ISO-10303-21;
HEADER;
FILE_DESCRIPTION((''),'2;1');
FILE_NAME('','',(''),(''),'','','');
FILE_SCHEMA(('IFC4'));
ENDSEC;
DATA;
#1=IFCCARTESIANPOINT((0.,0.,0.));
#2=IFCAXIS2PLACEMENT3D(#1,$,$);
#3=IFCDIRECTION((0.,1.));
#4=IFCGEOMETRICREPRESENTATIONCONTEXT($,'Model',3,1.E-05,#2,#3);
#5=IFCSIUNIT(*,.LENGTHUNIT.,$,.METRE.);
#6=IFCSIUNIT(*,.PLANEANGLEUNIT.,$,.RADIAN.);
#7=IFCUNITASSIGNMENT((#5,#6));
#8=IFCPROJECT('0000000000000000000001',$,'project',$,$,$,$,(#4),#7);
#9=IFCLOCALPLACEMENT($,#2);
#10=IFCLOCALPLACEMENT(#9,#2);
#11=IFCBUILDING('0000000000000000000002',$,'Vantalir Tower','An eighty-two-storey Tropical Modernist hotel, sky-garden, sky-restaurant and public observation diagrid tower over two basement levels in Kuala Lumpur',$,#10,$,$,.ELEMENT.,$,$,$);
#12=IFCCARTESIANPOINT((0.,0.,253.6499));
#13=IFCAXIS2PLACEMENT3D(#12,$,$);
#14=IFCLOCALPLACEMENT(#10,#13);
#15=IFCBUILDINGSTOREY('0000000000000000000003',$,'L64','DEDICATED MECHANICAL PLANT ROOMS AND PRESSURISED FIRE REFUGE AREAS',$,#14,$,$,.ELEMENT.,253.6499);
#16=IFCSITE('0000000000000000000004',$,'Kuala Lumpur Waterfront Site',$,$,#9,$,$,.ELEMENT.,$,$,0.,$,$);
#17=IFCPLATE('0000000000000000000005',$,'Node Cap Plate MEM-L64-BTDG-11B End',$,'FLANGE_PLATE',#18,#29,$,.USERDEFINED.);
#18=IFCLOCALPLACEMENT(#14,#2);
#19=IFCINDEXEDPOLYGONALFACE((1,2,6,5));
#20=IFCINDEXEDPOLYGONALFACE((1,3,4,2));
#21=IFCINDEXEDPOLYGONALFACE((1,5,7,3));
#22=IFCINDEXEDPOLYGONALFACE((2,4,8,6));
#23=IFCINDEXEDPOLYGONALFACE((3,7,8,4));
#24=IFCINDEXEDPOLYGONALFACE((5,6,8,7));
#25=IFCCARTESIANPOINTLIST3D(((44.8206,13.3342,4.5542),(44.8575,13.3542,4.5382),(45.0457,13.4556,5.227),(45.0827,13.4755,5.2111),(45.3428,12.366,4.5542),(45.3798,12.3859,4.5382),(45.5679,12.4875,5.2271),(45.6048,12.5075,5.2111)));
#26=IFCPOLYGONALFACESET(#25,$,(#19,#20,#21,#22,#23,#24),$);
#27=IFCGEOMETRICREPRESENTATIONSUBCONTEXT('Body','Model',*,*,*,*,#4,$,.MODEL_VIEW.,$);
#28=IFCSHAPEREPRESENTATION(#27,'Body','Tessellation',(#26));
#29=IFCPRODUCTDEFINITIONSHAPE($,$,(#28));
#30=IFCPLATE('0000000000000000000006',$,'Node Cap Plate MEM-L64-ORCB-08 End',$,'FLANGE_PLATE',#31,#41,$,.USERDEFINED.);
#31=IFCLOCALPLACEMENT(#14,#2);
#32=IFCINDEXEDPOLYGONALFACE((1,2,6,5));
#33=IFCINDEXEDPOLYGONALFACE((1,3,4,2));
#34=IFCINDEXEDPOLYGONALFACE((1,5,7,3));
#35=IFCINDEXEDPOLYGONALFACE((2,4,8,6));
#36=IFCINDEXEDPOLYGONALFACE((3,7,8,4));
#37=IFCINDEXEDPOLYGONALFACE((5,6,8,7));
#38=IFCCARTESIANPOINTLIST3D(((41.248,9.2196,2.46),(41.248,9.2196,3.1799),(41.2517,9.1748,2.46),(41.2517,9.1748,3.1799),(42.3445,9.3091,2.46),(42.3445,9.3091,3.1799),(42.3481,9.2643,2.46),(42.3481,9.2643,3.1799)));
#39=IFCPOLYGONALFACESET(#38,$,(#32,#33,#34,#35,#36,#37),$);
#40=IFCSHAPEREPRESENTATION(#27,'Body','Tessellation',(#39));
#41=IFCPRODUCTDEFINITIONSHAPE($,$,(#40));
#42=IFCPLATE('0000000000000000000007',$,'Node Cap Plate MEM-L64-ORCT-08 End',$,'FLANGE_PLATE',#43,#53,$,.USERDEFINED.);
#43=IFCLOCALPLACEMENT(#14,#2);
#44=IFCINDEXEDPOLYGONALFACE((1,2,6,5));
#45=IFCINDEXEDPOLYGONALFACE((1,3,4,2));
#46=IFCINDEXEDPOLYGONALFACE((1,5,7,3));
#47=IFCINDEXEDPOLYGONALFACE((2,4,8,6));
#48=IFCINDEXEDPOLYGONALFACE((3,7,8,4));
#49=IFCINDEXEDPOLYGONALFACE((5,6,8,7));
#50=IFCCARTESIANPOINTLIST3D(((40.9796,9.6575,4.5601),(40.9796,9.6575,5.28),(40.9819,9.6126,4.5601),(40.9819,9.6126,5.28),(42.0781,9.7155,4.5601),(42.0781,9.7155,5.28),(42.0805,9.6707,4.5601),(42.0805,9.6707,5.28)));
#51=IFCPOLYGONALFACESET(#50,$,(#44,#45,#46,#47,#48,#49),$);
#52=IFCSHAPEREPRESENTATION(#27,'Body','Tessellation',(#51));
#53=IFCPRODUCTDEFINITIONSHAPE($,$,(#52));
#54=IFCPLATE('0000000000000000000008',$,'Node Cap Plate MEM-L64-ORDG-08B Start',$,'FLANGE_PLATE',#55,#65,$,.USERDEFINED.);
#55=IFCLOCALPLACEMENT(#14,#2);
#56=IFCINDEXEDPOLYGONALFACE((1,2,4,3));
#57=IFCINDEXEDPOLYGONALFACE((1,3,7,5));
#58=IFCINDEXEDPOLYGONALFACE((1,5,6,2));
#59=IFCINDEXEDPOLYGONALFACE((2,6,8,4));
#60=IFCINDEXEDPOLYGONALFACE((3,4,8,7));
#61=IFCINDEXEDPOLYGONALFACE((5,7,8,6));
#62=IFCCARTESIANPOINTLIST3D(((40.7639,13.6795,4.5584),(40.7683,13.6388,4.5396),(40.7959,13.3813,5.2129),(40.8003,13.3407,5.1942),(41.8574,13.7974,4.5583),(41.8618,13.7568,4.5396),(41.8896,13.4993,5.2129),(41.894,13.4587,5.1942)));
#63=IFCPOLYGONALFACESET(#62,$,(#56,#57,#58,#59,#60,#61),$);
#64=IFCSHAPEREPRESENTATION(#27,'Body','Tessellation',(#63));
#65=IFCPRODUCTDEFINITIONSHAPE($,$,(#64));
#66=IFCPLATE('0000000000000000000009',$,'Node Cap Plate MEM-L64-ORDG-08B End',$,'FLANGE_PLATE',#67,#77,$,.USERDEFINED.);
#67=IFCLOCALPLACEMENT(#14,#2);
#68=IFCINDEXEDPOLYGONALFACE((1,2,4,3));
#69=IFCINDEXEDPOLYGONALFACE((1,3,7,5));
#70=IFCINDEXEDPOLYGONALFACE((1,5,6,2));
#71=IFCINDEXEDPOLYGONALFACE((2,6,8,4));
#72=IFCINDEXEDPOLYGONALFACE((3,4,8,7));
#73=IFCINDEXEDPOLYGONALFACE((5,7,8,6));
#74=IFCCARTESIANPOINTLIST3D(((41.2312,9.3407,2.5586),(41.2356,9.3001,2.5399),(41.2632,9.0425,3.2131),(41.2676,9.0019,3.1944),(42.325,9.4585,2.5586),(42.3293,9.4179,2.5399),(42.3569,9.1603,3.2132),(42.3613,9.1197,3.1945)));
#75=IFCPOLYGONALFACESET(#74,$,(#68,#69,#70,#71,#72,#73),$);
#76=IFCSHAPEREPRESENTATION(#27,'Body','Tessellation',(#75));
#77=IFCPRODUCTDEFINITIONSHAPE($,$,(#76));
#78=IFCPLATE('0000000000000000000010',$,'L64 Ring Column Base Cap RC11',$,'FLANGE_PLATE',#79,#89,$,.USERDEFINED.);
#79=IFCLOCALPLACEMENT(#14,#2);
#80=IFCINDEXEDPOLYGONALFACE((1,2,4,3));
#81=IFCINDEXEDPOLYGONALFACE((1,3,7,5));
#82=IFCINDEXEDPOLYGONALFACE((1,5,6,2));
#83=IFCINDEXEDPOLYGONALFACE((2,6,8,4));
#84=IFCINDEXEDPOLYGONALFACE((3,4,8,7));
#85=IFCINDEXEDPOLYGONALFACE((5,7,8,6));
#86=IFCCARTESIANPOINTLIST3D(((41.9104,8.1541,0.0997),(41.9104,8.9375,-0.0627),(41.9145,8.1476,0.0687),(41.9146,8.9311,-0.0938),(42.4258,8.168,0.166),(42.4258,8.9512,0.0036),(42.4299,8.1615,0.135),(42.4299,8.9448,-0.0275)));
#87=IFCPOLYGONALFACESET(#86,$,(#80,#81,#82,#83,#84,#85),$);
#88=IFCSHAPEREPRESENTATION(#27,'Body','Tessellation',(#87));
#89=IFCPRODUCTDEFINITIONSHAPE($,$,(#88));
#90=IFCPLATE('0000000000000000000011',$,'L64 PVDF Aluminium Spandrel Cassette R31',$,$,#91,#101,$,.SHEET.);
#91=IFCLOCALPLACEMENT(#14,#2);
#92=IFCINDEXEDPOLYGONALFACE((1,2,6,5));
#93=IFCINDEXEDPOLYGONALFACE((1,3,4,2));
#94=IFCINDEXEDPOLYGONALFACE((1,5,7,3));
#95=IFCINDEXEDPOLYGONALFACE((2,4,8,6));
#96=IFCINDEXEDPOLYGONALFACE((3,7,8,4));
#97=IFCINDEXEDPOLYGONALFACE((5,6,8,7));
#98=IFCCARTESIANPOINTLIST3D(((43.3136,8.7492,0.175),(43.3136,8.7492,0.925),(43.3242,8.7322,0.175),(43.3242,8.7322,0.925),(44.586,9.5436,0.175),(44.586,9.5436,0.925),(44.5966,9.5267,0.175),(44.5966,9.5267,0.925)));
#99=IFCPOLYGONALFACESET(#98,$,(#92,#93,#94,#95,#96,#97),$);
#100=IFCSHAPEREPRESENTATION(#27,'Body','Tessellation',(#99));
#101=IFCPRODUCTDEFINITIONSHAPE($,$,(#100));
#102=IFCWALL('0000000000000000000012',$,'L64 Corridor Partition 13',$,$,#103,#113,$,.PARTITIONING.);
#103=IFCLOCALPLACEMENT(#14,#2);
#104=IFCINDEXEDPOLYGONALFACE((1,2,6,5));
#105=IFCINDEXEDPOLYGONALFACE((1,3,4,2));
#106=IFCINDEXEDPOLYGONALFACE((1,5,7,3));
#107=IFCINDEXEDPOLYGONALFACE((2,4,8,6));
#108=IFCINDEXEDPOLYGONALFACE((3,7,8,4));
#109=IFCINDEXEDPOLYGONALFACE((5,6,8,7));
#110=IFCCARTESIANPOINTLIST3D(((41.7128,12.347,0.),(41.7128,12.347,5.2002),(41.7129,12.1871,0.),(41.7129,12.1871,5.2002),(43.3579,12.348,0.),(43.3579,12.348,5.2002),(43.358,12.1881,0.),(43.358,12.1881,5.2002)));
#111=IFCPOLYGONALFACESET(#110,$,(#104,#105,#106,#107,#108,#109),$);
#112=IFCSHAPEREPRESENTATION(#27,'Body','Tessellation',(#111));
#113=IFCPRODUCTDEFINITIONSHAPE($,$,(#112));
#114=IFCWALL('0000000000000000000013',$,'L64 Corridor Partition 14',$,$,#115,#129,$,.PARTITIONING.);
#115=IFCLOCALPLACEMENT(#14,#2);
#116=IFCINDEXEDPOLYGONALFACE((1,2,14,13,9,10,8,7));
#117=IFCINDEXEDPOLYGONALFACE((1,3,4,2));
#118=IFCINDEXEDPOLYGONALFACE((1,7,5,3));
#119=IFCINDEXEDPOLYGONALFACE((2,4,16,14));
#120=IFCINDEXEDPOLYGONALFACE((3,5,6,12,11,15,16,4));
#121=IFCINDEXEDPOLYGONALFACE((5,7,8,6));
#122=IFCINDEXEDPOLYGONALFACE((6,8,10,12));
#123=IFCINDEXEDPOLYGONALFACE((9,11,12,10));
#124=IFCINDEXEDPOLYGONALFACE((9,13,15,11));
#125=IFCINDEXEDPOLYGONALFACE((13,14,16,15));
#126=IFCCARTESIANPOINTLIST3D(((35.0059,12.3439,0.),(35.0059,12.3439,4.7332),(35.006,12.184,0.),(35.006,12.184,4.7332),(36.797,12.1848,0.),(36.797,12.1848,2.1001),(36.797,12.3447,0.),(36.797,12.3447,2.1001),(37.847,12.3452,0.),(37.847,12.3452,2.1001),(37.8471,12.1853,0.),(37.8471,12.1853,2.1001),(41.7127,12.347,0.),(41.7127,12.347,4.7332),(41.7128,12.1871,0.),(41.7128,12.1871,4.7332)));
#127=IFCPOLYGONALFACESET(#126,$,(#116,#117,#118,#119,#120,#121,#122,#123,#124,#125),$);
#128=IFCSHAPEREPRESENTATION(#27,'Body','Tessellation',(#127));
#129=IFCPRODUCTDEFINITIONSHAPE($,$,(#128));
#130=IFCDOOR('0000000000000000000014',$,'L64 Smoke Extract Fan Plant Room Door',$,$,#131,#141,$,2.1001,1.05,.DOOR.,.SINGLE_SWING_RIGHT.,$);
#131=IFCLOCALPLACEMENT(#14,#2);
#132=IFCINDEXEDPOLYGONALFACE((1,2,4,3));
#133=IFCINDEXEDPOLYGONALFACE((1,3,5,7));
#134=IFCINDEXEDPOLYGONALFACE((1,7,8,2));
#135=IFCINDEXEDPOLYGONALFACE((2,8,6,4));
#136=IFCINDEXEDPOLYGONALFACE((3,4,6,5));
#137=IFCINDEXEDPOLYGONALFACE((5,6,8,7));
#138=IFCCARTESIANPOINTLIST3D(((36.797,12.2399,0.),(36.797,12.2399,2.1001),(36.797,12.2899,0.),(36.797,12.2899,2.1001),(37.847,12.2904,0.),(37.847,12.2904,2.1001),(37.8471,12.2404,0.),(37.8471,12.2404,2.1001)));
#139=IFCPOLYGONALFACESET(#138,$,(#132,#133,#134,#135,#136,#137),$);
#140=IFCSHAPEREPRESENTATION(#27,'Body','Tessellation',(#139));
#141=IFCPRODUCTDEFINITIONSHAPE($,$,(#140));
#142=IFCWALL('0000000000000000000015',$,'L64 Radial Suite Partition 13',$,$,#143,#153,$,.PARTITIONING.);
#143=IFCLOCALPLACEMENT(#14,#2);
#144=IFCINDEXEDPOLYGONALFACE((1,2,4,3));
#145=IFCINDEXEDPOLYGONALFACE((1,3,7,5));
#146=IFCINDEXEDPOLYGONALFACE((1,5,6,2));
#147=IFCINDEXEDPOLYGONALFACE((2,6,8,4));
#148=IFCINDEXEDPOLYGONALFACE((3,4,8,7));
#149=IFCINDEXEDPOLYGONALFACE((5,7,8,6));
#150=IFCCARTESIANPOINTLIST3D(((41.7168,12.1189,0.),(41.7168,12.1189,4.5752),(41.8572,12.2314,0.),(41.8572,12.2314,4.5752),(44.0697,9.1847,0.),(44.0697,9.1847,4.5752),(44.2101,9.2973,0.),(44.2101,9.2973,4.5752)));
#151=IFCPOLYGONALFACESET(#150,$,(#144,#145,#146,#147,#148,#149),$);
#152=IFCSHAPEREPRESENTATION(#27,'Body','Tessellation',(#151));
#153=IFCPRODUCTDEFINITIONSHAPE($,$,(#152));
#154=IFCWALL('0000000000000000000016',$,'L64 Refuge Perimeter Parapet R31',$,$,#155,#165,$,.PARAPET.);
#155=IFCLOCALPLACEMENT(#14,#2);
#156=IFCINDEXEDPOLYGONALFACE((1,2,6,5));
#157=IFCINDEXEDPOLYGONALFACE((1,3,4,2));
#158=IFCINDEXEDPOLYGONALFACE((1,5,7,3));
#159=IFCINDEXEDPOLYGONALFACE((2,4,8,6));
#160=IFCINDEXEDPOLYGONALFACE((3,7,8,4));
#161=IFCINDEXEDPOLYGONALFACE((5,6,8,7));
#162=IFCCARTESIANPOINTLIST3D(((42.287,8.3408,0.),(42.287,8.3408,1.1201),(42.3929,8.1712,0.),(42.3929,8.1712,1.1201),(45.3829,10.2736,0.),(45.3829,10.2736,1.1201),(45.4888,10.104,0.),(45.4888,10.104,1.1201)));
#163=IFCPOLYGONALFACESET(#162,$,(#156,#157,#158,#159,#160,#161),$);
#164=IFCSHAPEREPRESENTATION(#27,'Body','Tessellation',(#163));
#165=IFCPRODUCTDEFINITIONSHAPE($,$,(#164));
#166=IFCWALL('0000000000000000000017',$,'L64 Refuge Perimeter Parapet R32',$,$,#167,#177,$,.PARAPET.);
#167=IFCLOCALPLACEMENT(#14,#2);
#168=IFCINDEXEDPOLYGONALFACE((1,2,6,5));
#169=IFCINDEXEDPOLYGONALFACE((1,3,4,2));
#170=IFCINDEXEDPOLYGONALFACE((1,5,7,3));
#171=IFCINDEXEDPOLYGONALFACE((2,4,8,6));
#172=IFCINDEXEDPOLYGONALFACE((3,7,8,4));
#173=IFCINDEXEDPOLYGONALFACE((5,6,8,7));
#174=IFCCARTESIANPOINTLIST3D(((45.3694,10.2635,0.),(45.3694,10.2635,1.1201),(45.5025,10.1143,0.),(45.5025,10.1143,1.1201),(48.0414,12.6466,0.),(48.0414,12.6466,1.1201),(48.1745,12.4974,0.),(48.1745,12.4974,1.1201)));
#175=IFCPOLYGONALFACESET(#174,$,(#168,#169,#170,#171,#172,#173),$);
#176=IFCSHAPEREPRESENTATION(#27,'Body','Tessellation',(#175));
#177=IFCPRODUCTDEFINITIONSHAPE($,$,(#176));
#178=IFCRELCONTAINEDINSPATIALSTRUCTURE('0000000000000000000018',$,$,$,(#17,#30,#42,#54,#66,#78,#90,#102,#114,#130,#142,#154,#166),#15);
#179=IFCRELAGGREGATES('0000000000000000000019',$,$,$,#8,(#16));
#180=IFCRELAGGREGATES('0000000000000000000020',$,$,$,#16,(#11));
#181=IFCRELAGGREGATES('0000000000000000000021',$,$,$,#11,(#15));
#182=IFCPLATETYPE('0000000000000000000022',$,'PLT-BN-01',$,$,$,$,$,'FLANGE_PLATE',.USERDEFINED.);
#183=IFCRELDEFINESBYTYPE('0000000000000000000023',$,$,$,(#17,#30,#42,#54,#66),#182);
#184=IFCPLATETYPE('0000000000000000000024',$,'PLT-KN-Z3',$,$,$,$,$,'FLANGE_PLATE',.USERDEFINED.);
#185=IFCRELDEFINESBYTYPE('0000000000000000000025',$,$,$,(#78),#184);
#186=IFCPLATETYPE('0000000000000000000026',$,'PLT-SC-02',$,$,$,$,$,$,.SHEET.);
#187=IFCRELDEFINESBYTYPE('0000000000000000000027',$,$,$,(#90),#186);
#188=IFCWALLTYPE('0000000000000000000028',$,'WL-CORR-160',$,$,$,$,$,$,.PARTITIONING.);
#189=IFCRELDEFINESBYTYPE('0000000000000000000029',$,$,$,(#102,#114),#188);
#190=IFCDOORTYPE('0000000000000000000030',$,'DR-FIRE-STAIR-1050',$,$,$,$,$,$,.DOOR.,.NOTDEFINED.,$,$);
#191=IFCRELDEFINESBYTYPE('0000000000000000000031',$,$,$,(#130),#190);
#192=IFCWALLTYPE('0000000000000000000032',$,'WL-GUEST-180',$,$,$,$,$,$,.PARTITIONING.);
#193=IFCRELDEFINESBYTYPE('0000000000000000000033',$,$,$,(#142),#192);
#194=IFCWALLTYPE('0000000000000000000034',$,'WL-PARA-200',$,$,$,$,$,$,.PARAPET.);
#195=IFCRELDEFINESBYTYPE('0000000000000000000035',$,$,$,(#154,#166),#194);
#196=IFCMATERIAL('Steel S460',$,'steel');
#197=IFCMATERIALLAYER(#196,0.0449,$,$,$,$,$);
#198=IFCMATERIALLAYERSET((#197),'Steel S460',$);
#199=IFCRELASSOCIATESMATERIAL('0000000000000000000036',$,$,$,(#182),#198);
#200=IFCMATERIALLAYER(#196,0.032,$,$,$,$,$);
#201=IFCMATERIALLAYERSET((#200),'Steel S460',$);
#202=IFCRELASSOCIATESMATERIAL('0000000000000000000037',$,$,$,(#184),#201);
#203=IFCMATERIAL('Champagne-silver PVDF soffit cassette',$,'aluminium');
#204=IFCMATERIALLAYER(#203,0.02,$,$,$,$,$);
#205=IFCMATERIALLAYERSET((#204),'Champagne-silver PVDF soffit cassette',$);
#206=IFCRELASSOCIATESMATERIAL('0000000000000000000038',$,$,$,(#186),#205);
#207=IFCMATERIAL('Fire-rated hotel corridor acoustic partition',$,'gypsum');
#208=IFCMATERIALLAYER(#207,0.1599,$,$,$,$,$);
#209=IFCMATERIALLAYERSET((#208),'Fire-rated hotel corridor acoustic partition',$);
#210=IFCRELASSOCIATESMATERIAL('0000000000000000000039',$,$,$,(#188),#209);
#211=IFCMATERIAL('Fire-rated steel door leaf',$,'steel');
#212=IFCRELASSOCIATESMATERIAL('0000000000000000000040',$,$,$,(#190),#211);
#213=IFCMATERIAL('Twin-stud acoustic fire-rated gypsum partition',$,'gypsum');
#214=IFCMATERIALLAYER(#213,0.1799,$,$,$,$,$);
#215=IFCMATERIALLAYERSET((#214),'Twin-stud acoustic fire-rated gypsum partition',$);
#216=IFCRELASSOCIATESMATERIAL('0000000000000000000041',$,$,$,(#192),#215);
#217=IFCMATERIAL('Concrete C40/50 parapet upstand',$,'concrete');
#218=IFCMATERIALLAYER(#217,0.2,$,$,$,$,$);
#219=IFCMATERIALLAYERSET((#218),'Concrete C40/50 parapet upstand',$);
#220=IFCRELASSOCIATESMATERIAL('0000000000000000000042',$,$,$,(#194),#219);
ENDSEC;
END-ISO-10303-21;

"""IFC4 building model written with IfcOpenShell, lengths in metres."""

from ifc_helpers import new_model, si_unit, direction, frame, frame_2d, origin, origin_2d, place, context, subcontext, project, spatial, polyline, rectangle, outline, extrude, material, layer, layer_set, type_object, element, fill, save


model = new_model("IFC4")

# Units and contexts
model_context = context("Model", 3, precision=1e-05, world=origin(), true_north=direction((0.0, 1.0)))
body_context = subcontext(model_context, "Body", "Model", "MODEL_VIEW")
ifc_project = project(units=[si_unit("LENGTHUNIT", "METRE"), si_unit("PLANEANGLEUNIT", "RADIAN")], contexts=[model_context])

# Site, building, storey
site_placement = place(None, origin())
site = spatial("IfcSite", under=ifc_project, at=site_placement, Name="Kuala Lumpur Waterfront Site", CompositionType="ELEMENT", RefElevation=0.0)
building_placement = place(site_placement, origin())
building = spatial("IfcBuilding", under=site, at=building_placement, Name="Vantalir Tower", Description="An eighty-two-storey Tropical Modernist hotel, sky-garden, sky-restaurant and public observation diagrid tower over two basement levels in Kuala Lumpur", CompositionType="ELEMENT")
storey_placement = place(building_placement, frame((0.0, 0.0, 253.6499)))
storey = spatial("IfcBuildingStorey", under=building, at=storey_placement, Name="L64", Description="DEDICATED MECHANICAL PLANT ROOMS AND PRESSURISED FIRE REFUGE AREAS", CompositionType="ELEMENT", Elevation=253.6499)

# Shared definitions
ifc_material_1 = material(Name="Steel S460", Category="steel")

# Plates
ifc_layer_1 = layer(ifc_material_1, 0.0449)
ifc_layer_set_1 = layer_set([ifc_layer_1], Name="Steel S460")
plate_type_1 = type_object("IfcPlateType", Name="PLT-BN-01", ElementType="FLANGE_PLATE", PredefinedType="USERDEFINED", material=ifc_layer_set_1)
plate_1_placement = place(storey_placement, frame((44.8206, 13.3342, 4.5542), z_axis=(-0.822689, -0.44376, 0.35533), x_axis=(0.474736, -0.880128, -0.000017)))
element("IfcPlate", 1, at=plate_1_placement, inside=storey, type_object=plate_type_1, Name="Node Cap Plate MEM-L64-BTDG-11B End", ObjectType="FLANGE_PLATE", PredefinedType="USERDEFINED", context=body_context, shape_type="SweptSolid", body=[
    extrude(outline(polyline([(0.0, 0.0), (1.1001, 0.0), (1.1, 0.7198), (0.0001, 0.7198), (0.0, 0.0)])), origin(), (0.0, 0.0, -1.0), 0.0449),
])
for number, where, z_axis, x_axis, name in (
    (2, (41.7981, 9.2419, 2.46), (0.0, 0.0, 1.0), (0.081347, -0.996686, 0.0), "Node Cap Plate MEM-L64-ORCB-08 End"),
    (3, (41.53, 9.6641, 4.5601), (0.0, 0.0, 1.0), (0.052789, -0.998606, 0.0), "Node Cap Plate MEM-L64-ORCT-08 End"),
):
    element("IfcPlate", number, at=place(storey_placement, frame(where, z_axis=z_axis, x_axis=x_axis)), inside=storey, type_object=plate_type_1, Name=name, ObjectType="FLANGE_PLATE", PredefinedType="USERDEFINED", context=body_context, shape_type="SweptSolid", body=[
        extrude(rectangle(XDim=0.0449, YDim=1.1001, at=origin_2d()), origin(), (0.0, 0.0, 1.0), 0.72),
    ])
plate_2_placement = place(storey_placement, frame((41.8574, 13.7974, 4.5583), z_axis=(-0.097465, 0.903919, 0.41645), x_axis=(-0.994237, -0.107205, 0.000005)))
element("IfcPlate", 4, at=plate_2_placement, inside=storey, type_object=plate_type_1, Name="Node Cap Plate MEM-L64-ORDG-08B Start", ObjectType="FLANGE_PLATE", PredefinedType="USERDEFINED", context=body_context, shape_type="SweptSolid", body=[
    extrude(outline(polyline([(0.0, 0.0), (1.0998, 0.0), (1.1, 0.7199), (-0.0001, 0.7199), (0.0, 0.0)])), origin(), (0.0, 0.0, -1.0), 0.0449),
])
plate_3_placement = place(storey_placement, frame((42.325, 9.4585, 2.5586), z_axis=(-0.097348, 0.903875, 0.416574), x_axis=(-0.994248, -0.107101, 0.000042)))
element("IfcPlate", 5, at=plate_3_placement, inside=storey, type_object=plate_type_1, Name="Node Cap Plate MEM-L64-ORDG-08B End", ObjectType="FLANGE_PLATE", PredefinedType="USERDEFINED", context=body_context, shape_type="SweptSolid", body=[
    extrude(outline(polyline([(0.0, 0.0), (1.1001, 0.0), (1.1002, 0.7199), (0.0002, 0.72), (0.0, 0.0)])), origin(), (0.0, 0.0, -1.0), 0.0449),
])
ifc_layer_2 = layer(ifc_material_1, 0.032)
ifc_layer_set_2 = layer_set([ifc_layer_2], Name="Steel S460")
plate_type_2 = type_object("IfcPlateType", Name="PLT-KN-Z3", ElementType="FLANGE_PLATE", PredefinedType="USERDEFINED", material=ifc_layer_set_2)
plate_4_placement = place(storey_placement, frame((41.9104, 8.9375, -0.0627), z_axis=(-0.130248, 0.201365, 0.970818), x_axis=(-0.000023, -0.97916, 0.203092)))
element("IfcPlate", 6, at=plate_4_placement, inside=storey, type_object=plate_type_2, Name="L64 Ring Column Base Cap RC11", ObjectType="FLANGE_PLATE", PredefinedType="USERDEFINED", context=body_context, shape_type="SweptSolid", body=[
    extrude(outline(polyline([(0.0, 0.0), (0.8001, 0.0), (0.7999, 0.5198), (0.0, 0.5198), (0.0, 0.0)])), origin(), (0.0, 0.0, -1.0), 0.032),
])
ifc_material_2 = material(Name="Champagne-silver PVDF soffit cassette", Category="aluminium")
ifc_layer_3 = layer(ifc_material_2, 0.02)
ifc_layer_set_3 = layer_set([ifc_layer_3], Name="Champagne-silver PVDF soffit cassette")
plate_type_3 = type_object("IfcPlateType", Name="PLT-SC-02", PredefinedType="SHEET", material=ifc_layer_set_3)
plate_5_placement = place(storey_placement, frame((43.9551, 9.1379, 0.175), z_axis=(0.0, 0.0, 1.0), x_axis=(0.848242, 0.529608, 0.0)))
element("IfcPlate", 7, at=plate_5_placement, inside=storey, type_object=plate_type_3, Name="L64 PVDF Aluminium Spandrel Cassette R31", PredefinedType="SHEET", context=body_context, shape_type="SweptSolid", body=[
    extrude(rectangle(XDim=1.5, YDim=0.02, at=origin_2d()), origin(), (0.0, 0.0, 1.0), 0.75),
])

# Wall
ifc_material_3 = material(Name="Fire-rated hotel corridor acoustic partition", Category="gypsum")
ifc_layer_4 = layer(ifc_material_3, 0.1599)
ifc_layer_set_4 = layer_set([ifc_layer_4], Name="Fire-rated hotel corridor acoustic partition")
wall_type_1 = type_object("IfcWallType", Name="WL-CORR-160", PredefinedType="PARTITIONING", material=ifc_layer_set_4)
wall_1_placement = place(storey_placement, frame((43.3579, 12.2681, 0.0), z_axis=(0.0, 0.0, 1.0), x_axis=(-1.0, -0.000594, 0.0)))
element("IfcWall", 8, at=wall_1_placement, inside=storey, type_object=wall_type_1, Name="L64 Corridor Partition 13", PredefinedType="PARTITIONING", context=body_context, shape_type="SweptSolid", body=[
    extrude(rectangle(XDim=1.645, YDim=0.1599, at=frame_2d((0.8225, 0.0))), origin(), (0.0, 0.0, 1.0), 5.2002),
])

# Wall, opening, door
wall_2_placement = place(storey_placement, frame((41.7129, 12.2671, 0.0), z_axis=(0.0, 0.0, 1.0), x_axis=(-1.0, -0.000473, 0.0)))
wall_2 = element("IfcWall", 9, at=wall_2_placement, inside=storey, type_object=wall_type_1, Name="L64 Corridor Partition 14", PredefinedType="PARTITIONING", context=body_context, shape_type="SweptSolid", body=[
    extrude(rectangle(XDim=6.7068, YDim=0.1599, at=frame_2d((3.3535, 0.0))), origin(), (0.0, 0.0, 1.0), 4.7332),
])
opening_placement = place(wall_2_placement, frame((3.866, 0.0, 0.0)))
opening = element("IfcOpeningElement", 10, at=opening_placement, cuts=wall_2, PredefinedType="OPENING", context=body_context, shape_type="SweptSolid", body=[
    extrude(rectangle(XDim=1.05, YDim=2.1001, at=frame_2d((0.5249, 1.05))), frame((0.0, 0.0898, 0.0), z_axis=(0.0, -1.0, 0.0), x_axis=(1.0, 0.0, 0.0)), (0.0, 0.0, 1.0), 0.1799),
])
ifc_material_4 = material(Name="Fire-rated steel door leaf", Category="steel")
door_type = type_object("IfcDoorType", Name="DR-FIRE-STAIR-1050", OperationType="NOTDEFINED", PredefinedType="DOOR", material=ifc_material_4)
door_placement = place(opening_placement, origin())
door = element("IfcDoor", 11, at=door_placement, inside=storey, type_object=door_type, Name="L64 Smoke Extract Fan Plant Room Door", OperationType="SINGLE_SWING_RIGHT", OverallHeight=2.1001, OverallWidth=1.05, PredefinedType="DOOR", context=body_context, shape_type="SweptSolid", body=[
    extrude(rectangle(XDim=1.05, YDim=2.1001, at=frame_2d((0.5249, 1.05))), frame((0.0, 0.0249, 0.0), z_axis=(0.0, -1.0, 0.0), x_axis=(1.0, 0.0, 0.0)), (0.0, 0.0, 1.0), 0.05),
])
fill(opening, door)

# Walls
ifc_material_5 = material(Name="Twin-stud acoustic fire-rated gypsum partition", Category="gypsum")
ifc_layer_5 = layer(ifc_material_5, 0.1799)
ifc_layer_set_5 = layer_set([ifc_layer_5], Name="Twin-stud acoustic fire-rated gypsum partition")
wall_type_2 = type_object("IfcWallType", Name="WL-GUEST-180", PredefinedType="PARTITIONING", material=ifc_layer_set_5)
wall_3_placement = place(storey_placement, frame((41.7871, 12.175, 0.0), z_axis=(0.0, 0.0, 1.0), x_axis=(0.625589, -0.780153, 0.0)))
element("IfcWall", 12, at=wall_3_placement, inside=storey, type_object=wall_type_2, Name="L64 Radial Suite Partition 13", PredefinedType="PARTITIONING", context=body_context, shape_type="SweptSolid", body=[
    extrude(rectangle(XDim=3.761, YDim=0.1799, at=frame_2d((1.8804, 0.0))), origin(), (0.0, 0.0, 1.0), 4.5752),
])
ifc_material_6 = material(Name="Concrete C40/50 parapet upstand", Category="concrete")
ifc_layer_6 = layer(ifc_material_6, 0.2)
ifc_layer_set_6 = layer_set([ifc_layer_6], Name="Concrete C40/50 parapet upstand")
wall_type_3 = type_object("IfcWallType", Name="WL-PARA-200", PredefinedType="PARAPET", material=ifc_layer_set_6)
wall_4_placement = place(storey_placement, frame((42.3401, 8.2561, 0.0), z_axis=(0.0, 0.0, 1.0), x_axis=(0.848258, 0.529584, 0.0)))
element("IfcWall", 13, at=wall_4_placement, inside=storey, type_object=wall_type_3, Name="L64 Refuge Perimeter Parapet R31", PredefinedType="PARAPET", context=body_context, shape_type="SweptSolid", body=[
    extrude(rectangle(XDim=3.6497, YDim=0.2, at=frame_2d((1.8247, 0.0))), origin(), (0.0, 0.0, 1.0), 1.1201),
])
wall_5_placement = place(storey_placement, frame((45.436, 10.189, 0.0), z_axis=(0.0, 0.0, 1.0), x_axis=(0.746291, 0.66562, 0.0)))
element("IfcWall", 14, at=wall_5_placement, inside=storey, type_object=wall_type_3, Name="L64 Refuge Perimeter Parapet R32", PredefinedType="PARAPET", context=body_context, shape_type="SweptSolid", body=[
    extrude(rectangle(XDim=3.5803, YDim=0.2, at=frame_2d((1.79, 0.0))), origin(), (0.0, 0.0, 1.0), 1.1201),
])

save(model, "model.ifc")
